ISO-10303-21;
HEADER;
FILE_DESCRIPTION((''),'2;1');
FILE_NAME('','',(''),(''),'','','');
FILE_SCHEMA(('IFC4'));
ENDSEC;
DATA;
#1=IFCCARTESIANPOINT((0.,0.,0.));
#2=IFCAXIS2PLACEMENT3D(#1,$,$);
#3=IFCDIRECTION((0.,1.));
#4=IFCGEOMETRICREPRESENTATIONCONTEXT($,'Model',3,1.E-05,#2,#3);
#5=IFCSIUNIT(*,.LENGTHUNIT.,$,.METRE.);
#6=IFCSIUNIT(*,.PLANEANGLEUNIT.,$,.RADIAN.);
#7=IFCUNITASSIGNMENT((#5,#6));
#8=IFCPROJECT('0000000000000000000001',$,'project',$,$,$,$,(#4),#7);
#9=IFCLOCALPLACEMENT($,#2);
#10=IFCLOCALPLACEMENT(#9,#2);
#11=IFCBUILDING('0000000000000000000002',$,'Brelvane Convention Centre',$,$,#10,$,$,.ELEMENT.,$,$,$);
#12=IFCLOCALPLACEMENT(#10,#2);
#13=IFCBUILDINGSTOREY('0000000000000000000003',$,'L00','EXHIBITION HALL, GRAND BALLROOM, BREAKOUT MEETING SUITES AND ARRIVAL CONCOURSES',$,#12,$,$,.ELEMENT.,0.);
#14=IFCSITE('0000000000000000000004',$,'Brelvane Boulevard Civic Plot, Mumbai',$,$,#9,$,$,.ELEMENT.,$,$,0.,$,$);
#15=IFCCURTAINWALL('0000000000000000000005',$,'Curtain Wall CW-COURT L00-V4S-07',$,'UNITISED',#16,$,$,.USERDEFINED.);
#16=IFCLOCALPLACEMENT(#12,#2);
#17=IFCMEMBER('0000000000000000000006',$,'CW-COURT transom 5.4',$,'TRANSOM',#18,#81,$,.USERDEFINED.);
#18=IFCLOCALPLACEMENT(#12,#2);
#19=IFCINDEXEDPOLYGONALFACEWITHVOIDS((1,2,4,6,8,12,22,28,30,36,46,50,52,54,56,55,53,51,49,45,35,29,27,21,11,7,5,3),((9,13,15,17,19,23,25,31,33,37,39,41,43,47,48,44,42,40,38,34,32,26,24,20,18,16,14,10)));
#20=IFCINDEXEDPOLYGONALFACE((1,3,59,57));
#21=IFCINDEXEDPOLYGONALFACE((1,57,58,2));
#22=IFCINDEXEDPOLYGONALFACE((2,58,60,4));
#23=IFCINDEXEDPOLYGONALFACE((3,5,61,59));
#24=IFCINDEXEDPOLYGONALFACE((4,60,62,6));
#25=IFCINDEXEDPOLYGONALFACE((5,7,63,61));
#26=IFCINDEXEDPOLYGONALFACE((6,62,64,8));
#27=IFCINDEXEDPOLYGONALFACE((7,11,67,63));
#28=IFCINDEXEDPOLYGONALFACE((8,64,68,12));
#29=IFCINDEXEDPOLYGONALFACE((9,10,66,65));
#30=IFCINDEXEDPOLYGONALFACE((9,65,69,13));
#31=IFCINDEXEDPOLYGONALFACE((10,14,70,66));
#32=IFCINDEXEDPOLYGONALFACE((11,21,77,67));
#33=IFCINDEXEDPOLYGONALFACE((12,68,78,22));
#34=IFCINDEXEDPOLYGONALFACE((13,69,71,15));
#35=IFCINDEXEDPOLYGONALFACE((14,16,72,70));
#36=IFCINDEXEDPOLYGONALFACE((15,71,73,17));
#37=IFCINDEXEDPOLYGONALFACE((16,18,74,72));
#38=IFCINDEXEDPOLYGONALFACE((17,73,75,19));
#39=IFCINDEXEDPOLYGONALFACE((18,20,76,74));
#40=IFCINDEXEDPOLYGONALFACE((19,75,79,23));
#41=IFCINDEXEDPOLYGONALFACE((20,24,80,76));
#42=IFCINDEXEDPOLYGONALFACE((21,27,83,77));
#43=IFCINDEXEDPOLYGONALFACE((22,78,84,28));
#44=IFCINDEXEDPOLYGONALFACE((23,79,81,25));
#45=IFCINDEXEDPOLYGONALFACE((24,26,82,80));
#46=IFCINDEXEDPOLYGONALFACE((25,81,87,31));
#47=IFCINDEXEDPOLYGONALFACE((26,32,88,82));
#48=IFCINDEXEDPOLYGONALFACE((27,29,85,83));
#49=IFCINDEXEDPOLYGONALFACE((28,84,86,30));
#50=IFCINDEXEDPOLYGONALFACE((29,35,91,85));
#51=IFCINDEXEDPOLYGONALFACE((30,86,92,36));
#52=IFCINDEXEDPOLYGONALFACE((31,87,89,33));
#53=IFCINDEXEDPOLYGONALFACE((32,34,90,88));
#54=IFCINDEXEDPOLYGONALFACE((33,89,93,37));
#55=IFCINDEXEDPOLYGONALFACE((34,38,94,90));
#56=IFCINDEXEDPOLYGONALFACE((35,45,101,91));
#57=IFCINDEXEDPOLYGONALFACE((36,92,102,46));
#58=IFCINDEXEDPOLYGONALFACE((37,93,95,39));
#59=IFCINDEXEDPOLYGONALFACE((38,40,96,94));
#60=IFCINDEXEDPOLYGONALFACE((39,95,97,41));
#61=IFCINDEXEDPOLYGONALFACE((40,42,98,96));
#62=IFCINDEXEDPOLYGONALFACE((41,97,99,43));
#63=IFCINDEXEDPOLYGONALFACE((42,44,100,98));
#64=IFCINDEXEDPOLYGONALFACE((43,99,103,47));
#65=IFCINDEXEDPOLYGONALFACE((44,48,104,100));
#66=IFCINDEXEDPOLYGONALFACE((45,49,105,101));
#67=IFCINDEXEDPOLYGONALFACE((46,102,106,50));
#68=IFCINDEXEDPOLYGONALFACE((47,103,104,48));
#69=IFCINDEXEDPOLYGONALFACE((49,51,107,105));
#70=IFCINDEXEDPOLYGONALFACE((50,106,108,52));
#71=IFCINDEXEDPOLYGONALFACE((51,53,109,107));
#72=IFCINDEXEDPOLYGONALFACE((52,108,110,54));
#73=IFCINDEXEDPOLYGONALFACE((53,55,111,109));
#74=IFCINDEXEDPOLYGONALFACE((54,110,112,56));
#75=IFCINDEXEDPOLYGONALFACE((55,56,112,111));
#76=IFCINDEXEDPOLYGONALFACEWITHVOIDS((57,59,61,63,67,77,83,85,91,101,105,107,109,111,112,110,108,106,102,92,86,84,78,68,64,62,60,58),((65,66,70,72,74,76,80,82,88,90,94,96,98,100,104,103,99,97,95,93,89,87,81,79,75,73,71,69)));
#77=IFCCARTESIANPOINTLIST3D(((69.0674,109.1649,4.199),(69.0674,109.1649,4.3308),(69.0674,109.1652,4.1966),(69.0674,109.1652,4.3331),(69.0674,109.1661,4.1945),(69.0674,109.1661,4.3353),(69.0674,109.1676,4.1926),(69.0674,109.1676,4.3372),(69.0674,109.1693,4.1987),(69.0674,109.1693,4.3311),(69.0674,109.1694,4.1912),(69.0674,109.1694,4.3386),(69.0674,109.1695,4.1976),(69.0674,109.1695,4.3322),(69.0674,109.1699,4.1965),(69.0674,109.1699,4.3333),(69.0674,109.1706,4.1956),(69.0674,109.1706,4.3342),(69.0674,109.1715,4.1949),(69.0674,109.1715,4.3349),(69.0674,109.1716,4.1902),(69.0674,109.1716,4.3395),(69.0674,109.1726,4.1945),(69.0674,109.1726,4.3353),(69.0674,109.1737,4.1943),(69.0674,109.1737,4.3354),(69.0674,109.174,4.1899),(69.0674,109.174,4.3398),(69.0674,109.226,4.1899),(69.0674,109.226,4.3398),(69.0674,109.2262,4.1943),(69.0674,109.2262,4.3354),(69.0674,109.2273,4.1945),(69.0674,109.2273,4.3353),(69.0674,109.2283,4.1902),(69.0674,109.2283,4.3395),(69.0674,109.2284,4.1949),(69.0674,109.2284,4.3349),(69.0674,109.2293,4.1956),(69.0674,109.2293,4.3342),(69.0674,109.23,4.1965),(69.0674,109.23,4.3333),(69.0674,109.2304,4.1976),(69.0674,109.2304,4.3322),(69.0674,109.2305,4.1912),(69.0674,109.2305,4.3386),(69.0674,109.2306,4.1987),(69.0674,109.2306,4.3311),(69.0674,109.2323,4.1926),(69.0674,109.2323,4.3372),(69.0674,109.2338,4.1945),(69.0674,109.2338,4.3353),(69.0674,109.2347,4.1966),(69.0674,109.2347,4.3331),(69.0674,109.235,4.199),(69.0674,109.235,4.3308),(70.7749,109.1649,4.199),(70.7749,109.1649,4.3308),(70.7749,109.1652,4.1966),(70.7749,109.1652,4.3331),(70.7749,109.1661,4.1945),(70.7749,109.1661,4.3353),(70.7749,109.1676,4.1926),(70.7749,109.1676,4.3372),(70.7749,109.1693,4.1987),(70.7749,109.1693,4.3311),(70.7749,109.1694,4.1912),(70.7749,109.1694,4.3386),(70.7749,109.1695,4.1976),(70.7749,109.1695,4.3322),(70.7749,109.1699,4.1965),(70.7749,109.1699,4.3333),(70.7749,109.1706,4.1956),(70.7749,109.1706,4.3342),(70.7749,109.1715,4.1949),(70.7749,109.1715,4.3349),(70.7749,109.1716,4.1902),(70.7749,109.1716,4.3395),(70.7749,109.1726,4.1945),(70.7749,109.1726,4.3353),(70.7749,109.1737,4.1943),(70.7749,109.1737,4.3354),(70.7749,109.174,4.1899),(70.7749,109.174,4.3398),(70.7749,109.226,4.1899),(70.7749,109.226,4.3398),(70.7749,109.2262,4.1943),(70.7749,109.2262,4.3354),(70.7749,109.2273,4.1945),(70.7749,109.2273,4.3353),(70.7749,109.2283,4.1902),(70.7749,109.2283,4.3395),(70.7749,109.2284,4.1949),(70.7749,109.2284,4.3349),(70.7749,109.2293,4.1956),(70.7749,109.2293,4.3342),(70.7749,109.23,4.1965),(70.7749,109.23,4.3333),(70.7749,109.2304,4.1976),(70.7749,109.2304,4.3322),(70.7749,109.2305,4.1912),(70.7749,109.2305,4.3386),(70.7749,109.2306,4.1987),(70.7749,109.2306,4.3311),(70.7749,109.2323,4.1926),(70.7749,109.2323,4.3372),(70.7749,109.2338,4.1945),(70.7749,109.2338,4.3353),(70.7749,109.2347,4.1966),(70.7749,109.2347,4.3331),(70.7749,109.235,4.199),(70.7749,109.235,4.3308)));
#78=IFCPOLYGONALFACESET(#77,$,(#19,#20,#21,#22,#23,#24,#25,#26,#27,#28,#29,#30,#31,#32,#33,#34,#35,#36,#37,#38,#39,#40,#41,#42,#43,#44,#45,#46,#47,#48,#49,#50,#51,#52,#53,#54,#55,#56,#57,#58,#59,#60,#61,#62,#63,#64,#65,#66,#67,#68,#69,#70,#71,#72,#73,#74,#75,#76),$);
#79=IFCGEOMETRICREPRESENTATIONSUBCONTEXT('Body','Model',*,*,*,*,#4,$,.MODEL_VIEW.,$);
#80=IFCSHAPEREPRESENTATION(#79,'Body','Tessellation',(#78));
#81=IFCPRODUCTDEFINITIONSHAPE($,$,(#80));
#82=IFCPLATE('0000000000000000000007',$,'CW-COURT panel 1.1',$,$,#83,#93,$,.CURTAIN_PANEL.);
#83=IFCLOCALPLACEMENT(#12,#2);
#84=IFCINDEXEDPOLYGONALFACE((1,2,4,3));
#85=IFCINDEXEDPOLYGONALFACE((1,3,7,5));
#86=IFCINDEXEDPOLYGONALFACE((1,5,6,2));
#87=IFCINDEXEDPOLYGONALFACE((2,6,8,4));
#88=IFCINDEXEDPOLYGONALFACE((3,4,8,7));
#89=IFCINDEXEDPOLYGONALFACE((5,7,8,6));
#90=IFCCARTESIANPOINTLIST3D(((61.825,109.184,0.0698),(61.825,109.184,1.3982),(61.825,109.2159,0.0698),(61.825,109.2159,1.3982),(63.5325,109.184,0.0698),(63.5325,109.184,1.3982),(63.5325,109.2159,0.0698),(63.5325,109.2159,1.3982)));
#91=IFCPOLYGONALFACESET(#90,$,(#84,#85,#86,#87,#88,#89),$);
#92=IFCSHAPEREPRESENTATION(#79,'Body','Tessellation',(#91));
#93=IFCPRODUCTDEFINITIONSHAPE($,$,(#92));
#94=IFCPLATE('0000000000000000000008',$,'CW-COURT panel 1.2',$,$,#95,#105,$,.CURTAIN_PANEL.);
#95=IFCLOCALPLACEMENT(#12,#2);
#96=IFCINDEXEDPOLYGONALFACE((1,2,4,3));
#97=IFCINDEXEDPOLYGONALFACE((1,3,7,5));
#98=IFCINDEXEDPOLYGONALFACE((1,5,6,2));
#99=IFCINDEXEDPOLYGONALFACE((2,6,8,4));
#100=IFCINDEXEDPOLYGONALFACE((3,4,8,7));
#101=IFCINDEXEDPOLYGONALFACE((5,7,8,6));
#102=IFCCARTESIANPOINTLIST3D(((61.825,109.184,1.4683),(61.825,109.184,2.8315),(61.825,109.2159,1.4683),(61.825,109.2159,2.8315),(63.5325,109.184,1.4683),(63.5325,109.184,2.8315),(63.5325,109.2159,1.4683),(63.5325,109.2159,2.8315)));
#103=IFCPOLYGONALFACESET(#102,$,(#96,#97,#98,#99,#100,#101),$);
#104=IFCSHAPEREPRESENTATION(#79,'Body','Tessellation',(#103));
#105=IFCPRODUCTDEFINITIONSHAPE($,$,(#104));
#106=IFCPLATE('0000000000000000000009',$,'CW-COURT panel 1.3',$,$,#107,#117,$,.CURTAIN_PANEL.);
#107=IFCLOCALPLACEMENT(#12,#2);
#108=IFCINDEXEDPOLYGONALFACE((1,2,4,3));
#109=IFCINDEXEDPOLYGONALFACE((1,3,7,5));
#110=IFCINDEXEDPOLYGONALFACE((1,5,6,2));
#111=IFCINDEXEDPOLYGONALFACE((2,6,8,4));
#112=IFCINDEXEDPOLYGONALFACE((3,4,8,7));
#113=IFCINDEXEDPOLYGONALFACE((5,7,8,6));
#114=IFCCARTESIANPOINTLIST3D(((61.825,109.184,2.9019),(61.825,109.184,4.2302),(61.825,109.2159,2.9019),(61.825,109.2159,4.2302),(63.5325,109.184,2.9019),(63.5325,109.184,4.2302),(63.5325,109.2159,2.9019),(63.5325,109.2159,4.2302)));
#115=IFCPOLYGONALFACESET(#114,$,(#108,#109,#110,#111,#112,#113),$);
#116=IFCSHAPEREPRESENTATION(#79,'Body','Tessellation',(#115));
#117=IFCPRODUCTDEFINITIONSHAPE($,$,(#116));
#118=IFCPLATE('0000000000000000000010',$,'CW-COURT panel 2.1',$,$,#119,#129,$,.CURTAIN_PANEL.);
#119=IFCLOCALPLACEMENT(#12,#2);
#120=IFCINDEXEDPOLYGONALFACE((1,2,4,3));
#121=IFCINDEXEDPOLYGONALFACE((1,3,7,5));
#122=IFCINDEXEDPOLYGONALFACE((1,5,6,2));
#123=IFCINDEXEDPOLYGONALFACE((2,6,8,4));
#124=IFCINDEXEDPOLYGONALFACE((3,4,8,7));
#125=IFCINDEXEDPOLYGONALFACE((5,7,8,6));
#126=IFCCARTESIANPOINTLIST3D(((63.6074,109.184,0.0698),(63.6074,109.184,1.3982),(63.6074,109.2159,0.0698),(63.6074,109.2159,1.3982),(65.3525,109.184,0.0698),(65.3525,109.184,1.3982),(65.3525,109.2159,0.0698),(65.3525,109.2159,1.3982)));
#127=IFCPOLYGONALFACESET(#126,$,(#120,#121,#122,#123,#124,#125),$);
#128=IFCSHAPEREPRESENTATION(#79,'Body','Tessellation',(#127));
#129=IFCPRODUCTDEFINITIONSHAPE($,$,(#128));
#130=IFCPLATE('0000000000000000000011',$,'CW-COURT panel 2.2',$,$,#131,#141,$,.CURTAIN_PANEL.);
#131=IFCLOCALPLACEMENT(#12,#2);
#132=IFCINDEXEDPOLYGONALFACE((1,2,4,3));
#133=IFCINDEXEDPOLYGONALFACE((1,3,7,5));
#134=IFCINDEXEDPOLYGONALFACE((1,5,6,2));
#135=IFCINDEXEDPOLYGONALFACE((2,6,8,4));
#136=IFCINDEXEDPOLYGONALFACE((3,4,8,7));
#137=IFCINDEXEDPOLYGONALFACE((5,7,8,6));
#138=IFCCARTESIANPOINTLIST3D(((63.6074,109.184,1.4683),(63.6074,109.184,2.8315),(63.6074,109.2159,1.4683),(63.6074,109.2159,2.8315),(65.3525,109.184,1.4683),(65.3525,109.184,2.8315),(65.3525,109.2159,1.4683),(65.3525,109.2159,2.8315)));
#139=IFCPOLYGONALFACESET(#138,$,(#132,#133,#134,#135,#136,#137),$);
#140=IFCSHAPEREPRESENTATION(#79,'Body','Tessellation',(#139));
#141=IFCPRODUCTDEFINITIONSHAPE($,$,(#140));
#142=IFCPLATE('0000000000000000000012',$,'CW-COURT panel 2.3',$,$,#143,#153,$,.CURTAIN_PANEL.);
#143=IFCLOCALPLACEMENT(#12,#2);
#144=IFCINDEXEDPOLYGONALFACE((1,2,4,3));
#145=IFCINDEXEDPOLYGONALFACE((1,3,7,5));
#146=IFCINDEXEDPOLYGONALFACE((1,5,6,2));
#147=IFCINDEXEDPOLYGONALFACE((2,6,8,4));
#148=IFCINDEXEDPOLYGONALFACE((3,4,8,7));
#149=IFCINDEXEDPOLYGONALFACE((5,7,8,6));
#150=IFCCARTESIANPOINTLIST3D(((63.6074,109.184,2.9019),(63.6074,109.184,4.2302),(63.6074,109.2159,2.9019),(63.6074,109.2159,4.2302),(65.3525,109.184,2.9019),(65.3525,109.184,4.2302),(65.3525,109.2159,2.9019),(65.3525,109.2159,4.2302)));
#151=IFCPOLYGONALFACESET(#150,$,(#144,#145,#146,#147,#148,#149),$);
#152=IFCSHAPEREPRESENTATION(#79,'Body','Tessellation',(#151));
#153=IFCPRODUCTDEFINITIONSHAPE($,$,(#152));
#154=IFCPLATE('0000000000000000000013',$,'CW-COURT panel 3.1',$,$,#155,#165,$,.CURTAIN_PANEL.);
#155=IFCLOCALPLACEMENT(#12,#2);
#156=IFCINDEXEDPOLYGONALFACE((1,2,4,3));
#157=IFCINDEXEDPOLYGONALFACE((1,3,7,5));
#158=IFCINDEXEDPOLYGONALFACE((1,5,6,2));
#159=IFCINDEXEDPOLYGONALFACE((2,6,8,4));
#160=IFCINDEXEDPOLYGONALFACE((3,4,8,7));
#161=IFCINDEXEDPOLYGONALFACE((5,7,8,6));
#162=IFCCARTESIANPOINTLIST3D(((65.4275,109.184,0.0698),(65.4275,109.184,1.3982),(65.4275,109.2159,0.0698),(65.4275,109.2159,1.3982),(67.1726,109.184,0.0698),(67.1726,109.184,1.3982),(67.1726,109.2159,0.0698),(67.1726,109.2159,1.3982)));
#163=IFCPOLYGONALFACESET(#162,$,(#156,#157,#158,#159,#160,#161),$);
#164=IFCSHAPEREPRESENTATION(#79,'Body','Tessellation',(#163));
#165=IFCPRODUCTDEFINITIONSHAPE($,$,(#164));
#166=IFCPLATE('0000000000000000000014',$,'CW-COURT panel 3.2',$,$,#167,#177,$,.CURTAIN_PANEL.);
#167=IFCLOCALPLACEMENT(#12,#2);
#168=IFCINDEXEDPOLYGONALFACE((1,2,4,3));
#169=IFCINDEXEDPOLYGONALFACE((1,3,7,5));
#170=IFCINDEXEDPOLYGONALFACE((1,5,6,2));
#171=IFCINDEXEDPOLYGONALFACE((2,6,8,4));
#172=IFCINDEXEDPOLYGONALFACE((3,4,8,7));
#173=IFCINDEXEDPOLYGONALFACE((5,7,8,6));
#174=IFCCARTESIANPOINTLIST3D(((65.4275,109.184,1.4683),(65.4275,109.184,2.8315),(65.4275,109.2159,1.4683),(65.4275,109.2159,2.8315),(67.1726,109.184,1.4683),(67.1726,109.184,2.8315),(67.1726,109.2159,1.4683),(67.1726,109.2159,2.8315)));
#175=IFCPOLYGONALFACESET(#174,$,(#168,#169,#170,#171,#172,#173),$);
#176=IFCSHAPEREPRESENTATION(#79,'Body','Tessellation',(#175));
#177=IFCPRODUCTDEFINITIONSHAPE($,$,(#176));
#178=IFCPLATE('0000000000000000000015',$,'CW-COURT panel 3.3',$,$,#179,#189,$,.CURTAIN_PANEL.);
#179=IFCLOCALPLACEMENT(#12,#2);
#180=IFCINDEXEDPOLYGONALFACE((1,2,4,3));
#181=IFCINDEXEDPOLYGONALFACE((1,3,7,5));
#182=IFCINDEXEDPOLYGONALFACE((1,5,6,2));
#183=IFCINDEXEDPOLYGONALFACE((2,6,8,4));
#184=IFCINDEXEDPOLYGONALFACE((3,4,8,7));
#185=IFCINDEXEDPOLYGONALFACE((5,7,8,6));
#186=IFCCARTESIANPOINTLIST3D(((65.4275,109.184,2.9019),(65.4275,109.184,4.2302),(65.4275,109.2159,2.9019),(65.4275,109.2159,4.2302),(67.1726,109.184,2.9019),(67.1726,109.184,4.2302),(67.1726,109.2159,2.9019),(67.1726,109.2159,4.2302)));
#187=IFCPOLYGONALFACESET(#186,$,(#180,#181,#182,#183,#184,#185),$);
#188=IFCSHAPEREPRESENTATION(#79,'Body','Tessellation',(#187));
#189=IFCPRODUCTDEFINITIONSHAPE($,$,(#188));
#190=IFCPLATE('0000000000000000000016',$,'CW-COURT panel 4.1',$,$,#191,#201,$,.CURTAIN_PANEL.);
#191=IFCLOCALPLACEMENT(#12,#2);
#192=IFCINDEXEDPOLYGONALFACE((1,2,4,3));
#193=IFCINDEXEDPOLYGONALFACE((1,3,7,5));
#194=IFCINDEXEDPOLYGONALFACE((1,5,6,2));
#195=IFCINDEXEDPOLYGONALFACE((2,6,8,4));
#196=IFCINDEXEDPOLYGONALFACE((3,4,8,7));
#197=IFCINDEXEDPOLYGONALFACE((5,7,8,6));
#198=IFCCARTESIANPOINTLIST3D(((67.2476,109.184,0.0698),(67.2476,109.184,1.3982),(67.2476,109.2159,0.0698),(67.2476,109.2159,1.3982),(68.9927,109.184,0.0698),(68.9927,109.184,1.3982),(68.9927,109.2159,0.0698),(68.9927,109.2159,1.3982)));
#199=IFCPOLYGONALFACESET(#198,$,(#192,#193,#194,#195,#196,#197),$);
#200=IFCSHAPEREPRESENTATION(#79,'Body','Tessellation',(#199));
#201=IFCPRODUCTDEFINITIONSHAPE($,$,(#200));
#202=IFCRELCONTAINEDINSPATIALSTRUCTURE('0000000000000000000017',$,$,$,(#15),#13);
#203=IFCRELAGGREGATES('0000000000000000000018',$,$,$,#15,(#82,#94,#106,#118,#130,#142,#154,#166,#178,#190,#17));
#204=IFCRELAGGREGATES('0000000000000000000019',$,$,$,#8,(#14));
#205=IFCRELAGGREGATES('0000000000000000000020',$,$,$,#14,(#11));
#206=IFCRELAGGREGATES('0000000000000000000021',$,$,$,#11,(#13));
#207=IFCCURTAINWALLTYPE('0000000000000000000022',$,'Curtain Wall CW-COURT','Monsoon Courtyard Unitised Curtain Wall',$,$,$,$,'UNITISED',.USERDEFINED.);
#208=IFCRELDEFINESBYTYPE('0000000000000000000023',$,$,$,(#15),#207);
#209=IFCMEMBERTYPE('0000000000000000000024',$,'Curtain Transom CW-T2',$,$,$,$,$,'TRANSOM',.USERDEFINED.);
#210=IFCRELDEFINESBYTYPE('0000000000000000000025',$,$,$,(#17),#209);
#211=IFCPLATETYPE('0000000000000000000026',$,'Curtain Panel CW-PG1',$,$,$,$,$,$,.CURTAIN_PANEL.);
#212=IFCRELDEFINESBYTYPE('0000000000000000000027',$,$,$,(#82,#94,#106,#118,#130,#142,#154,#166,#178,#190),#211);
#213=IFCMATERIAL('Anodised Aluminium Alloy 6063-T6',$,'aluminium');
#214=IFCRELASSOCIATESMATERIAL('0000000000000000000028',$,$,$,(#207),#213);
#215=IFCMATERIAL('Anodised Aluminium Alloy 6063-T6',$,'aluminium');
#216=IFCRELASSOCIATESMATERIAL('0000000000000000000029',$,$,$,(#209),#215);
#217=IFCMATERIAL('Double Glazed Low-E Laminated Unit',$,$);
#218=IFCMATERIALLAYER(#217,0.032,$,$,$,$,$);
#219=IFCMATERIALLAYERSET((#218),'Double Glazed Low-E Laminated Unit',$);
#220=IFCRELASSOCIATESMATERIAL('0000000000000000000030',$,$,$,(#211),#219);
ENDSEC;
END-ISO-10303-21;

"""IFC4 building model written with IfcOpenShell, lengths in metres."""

from ifc_helpers import new_model, si_unit, direction, frame, origin, origin_2d, place, context, subcontext, project, spatial, rectangle, hollow_rectangle, extrude, material, layer, layer_set, material_profile, profile_set, type_object, element, aggregate, save


model = new_model("IFC4")

# Units and contexts
model_context = context("Model", 3, precision=1e-05, world=origin(), true_north=direction((0.0, 1.0)))
body_context = subcontext(model_context, "Body", "Model", "MODEL_VIEW")
ifc_project = project(units=[si_unit("LENGTHUNIT", "METRE"), si_unit("PLANEANGLEUNIT", "RADIAN")], contexts=[model_context])

# Site, building, storey
site_placement = place(None, origin())
site = spatial("IfcSite", under=ifc_project, at=site_placement, Name="Brelvane Boulevard Civic Plot, Mumbai", CompositionType="ELEMENT", RefElevation=0.0)
building_placement = place(site_placement, origin())
building = spatial("IfcBuilding", under=site, at=building_placement, Name="Brelvane Convention Centre", CompositionType="ELEMENT")
storey_placement = place(building_placement, origin())
storey = spatial("IfcBuildingStorey", under=building, at=storey_placement, Name="L00", Description="EXHIBITION HALL, GRAND BALLROOM, BREAKOUT MEETING SUITES AND ARRIVAL CONCOURSES", CompositionType="ELEMENT", Elevation=0.0)

# Curtain wall, member, plates
ifc_material_1 = material(Name="Anodised Aluminium Alloy 6063-T6", Category="aluminium")
curtain_wall_type = type_object("IfcCurtainWallType", Name="Curtain Wall CW-COURT", Description="Monsoon Courtyard Unitised Curtain Wall", ElementType="UNITISED", PredefinedType="USERDEFINED", material=ifc_material_1)
curtain_wall_placement = place(storey_placement, origin())
curtain_wall = element("IfcCurtainWall", 1, at=curtain_wall_placement, inside=storey, type_object=curtain_wall_type, Name="Curtain Wall CW-COURT L00-V4S-07", ObjectType="UNITISED", PredefinedType="USERDEFINED")
ifc_material_2 = material(Name="Anodised Aluminium Alloy 6063-T6", Category="aluminium")
ifc_material_profile_1 = material_profile(ifc_material_2, hollow_rectangle(XDim=0.0701, YDim=0.1499, WallThickness=0.0044, InnerFilletRadius=0.0044, OuterFilletRadius=0.009, at=origin_2d()), Name="ALU-T 150x70x4.5")
ifc_profile_set_1 = profile_set([ifc_material_profile_1], Name="Anodised Aluminium Alloy 6063-T6")
member_type_1 = type_object("IfcMemberType", Name="Curtain Transom CW-T2", ElementType="TRANSOM", PredefinedType="USERDEFINED", material=ifc_profile_set_1)
member_1_placement = place(storey_placement, frame((69.0674, 109.2, 4.2649), z_axis=(1.0, 0.0, 0.0), x_axis=(0.0, 1.0, 0.0)))
member_1 = element("IfcMember", 2, at=member_1_placement, type_object=member_type_1, Name="CW-COURT transom 5.4", ObjectType="TRANSOM", PredefinedType="USERDEFINED", context=body_context, shape_type="SweptSolid", body=[
    extrude(hollow_rectangle(XDim=0.0701, YDim=0.1499, WallThickness=0.0044, InnerFilletRadius=0.0044, OuterFilletRadius=0.009, at=origin_2d()), origin(), (0.0, 0.0, 1.0), 1.7075),
])
ifc_material_3 = material(Name="Double Glazed Low-E Laminated Unit")
ifc_layer = layer(ifc_material_3, 0.032)
ifc_layer_set = layer_set([ifc_layer], Name="Double Glazed Low-E Laminated Unit")
plate_type = type_object("IfcPlateType", Name="Curtain Panel CW-PG1", PredefinedType="CURTAIN_PANEL", material=ifc_layer_set)
plate_1_placement = place(storey_placement, frame((62.6787, 109.2, 0.0698), z_axis=(0.0, 0.0, 1.0), x_axis=(1.0, 0.0, 0.0)))
plate_1 = element("IfcPlate", 3, at=plate_1_placement, type_object=plate_type, Name="CW-COURT panel 1.1", PredefinedType="CURTAIN_PANEL", context=body_context, shape_type="SweptSolid", body=[
    extrude(rectangle(XDim=1.7075, YDim=0.032, at=origin_2d()), origin(), (0.0, 0.0, 1.0), 1.3284),
])
plate_2_placement = place(storey_placement, frame((62.6787, 109.2, 1.4683), z_axis=(0.0, 0.0, 1.0), x_axis=(1.0, 0.0, 0.0)))
plate_2 = element("IfcPlate", 4, at=plate_2_placement, type_object=plate_type, Name="CW-COURT panel 1.2", PredefinedType="CURTAIN_PANEL", context=body_context, shape_type="SweptSolid", body=[
    extrude(rectangle(XDim=1.7075, YDim=0.032, at=origin_2d()), origin(), (0.0, 0.0, 1.0), 1.3633),
])
plate_3_placement = place(storey_placement, frame((62.6787, 109.2, 2.9019), z_axis=(0.0, 0.0, 1.0), x_axis=(1.0, 0.0, 0.0)))
plate_3 = element("IfcPlate", 5, at=plate_3_placement, type_object=plate_type, Name="CW-COURT panel 1.3", PredefinedType="CURTAIN_PANEL", context=body_context, shape_type="SweptSolid", body=[
    extrude(rectangle(XDim=1.7075, YDim=0.032, at=origin_2d()), origin(), (0.0, 0.0, 1.0), 1.3284),
])
plate_4_placement = place(storey_placement, frame((64.48, 109.2, 0.0698), z_axis=(0.0, 0.0, 1.0), x_axis=(1.0, 0.0, 0.0)))
plate_4 = element("IfcPlate", 6, at=plate_4_placement, type_object=plate_type, Name="CW-COURT panel 2.1", PredefinedType="CURTAIN_PANEL", context=body_context, shape_type="SweptSolid", body=[
    extrude(rectangle(XDim=1.7451, YDim=0.032, at=origin_2d()), origin(), (0.0, 0.0, 1.0), 1.3284),
])
plate_5_placement = place(storey_placement, frame((64.48, 109.2, 1.4683), z_axis=(0.0, 0.0, 1.0), x_axis=(1.0, 0.0, 0.0)))
plate_5 = element("IfcPlate", 7, at=plate_5_placement, type_object=plate_type, Name="CW-COURT panel 2.2", PredefinedType="CURTAIN_PANEL", context=body_context, shape_type="SweptSolid", body=[
    extrude(rectangle(XDim=1.7451, YDim=0.032, at=origin_2d()), origin(), (0.0, 0.0, 1.0), 1.3633),
])
plate_6_placement = place(storey_placement, frame((64.48, 109.2, 2.9019), z_axis=(0.0, 0.0, 1.0), x_axis=(1.0, 0.0, 0.0)))
plate_6 = element("IfcPlate", 8, at=plate_6_placement, type_object=plate_type, Name="CW-COURT panel 2.3", PredefinedType="CURTAIN_PANEL", context=body_context, shape_type="SweptSolid", body=[
    extrude(rectangle(XDim=1.7451, YDim=0.032, at=origin_2d()), origin(), (0.0, 0.0, 1.0), 1.3284),
])
plate_7_placement = place(storey_placement, frame((66.3, 109.2, 0.0698), z_axis=(0.0, 0.0, 1.0), x_axis=(1.0, 0.0, 0.0)))
plate_7 = element("IfcPlate", 9, at=plate_7_placement, type_object=plate_type, Name="CW-COURT panel 3.1", PredefinedType="CURTAIN_PANEL", context=body_context, shape_type="SweptSolid", body=[
    extrude(rectangle(XDim=1.7451, YDim=0.032, at=origin_2d()), origin(), (0.0, 0.0, 1.0), 1.3284),
])
plate_8_placement = place(storey_placement, frame((66.3, 109.2, 1.4683), z_axis=(0.0, 0.0, 1.0), x_axis=(1.0, 0.0, 0.0)))
plate_8 = element("IfcPlate", 10, at=plate_8_placement, type_object=plate_type, Name="CW-COURT panel 3.2", PredefinedType="CURTAIN_PANEL", context=body_context, shape_type="SweptSolid", body=[
    extrude(rectangle(XDim=1.7451, YDim=0.032, at=origin_2d()), origin(), (0.0, 0.0, 1.0), 1.3633),
])
plate_9_placement = place(storey_placement, frame((66.3, 109.2, 2.9019), z_axis=(0.0, 0.0, 1.0), x_axis=(1.0, 0.0, 0.0)))
plate_9 = element("IfcPlate", 11, at=plate_9_placement, type_object=plate_type, Name="CW-COURT panel 3.3", PredefinedType="CURTAIN_PANEL", context=body_context, shape_type="SweptSolid", body=[
    extrude(rectangle(XDim=1.7451, YDim=0.032, at=origin_2d()), origin(), (0.0, 0.0, 1.0), 1.3284),
])
plate_10_placement = place(storey_placement, frame((68.1201, 109.2, 0.0698), z_axis=(0.0, 0.0, 1.0), x_axis=(1.0, 0.0, 0.0)))
plate_10 = element("IfcPlate", 12, at=plate_10_placement, type_object=plate_type, Name="CW-COURT panel 4.1", PredefinedType="CURTAIN_PANEL", context=body_context, shape_type="SweptSolid", body=[
    extrude(rectangle(XDim=1.7451, YDim=0.032, at=origin_2d()), origin(), (0.0, 0.0, 1.0), 1.3284),
])
aggregate(curtain_wall, [plate_1, plate_2, plate_3, plate_4, plate_5, plate_6, plate_7, plate_8, plate_9, plate_10, member_1])

save(model, "model.ifc")
